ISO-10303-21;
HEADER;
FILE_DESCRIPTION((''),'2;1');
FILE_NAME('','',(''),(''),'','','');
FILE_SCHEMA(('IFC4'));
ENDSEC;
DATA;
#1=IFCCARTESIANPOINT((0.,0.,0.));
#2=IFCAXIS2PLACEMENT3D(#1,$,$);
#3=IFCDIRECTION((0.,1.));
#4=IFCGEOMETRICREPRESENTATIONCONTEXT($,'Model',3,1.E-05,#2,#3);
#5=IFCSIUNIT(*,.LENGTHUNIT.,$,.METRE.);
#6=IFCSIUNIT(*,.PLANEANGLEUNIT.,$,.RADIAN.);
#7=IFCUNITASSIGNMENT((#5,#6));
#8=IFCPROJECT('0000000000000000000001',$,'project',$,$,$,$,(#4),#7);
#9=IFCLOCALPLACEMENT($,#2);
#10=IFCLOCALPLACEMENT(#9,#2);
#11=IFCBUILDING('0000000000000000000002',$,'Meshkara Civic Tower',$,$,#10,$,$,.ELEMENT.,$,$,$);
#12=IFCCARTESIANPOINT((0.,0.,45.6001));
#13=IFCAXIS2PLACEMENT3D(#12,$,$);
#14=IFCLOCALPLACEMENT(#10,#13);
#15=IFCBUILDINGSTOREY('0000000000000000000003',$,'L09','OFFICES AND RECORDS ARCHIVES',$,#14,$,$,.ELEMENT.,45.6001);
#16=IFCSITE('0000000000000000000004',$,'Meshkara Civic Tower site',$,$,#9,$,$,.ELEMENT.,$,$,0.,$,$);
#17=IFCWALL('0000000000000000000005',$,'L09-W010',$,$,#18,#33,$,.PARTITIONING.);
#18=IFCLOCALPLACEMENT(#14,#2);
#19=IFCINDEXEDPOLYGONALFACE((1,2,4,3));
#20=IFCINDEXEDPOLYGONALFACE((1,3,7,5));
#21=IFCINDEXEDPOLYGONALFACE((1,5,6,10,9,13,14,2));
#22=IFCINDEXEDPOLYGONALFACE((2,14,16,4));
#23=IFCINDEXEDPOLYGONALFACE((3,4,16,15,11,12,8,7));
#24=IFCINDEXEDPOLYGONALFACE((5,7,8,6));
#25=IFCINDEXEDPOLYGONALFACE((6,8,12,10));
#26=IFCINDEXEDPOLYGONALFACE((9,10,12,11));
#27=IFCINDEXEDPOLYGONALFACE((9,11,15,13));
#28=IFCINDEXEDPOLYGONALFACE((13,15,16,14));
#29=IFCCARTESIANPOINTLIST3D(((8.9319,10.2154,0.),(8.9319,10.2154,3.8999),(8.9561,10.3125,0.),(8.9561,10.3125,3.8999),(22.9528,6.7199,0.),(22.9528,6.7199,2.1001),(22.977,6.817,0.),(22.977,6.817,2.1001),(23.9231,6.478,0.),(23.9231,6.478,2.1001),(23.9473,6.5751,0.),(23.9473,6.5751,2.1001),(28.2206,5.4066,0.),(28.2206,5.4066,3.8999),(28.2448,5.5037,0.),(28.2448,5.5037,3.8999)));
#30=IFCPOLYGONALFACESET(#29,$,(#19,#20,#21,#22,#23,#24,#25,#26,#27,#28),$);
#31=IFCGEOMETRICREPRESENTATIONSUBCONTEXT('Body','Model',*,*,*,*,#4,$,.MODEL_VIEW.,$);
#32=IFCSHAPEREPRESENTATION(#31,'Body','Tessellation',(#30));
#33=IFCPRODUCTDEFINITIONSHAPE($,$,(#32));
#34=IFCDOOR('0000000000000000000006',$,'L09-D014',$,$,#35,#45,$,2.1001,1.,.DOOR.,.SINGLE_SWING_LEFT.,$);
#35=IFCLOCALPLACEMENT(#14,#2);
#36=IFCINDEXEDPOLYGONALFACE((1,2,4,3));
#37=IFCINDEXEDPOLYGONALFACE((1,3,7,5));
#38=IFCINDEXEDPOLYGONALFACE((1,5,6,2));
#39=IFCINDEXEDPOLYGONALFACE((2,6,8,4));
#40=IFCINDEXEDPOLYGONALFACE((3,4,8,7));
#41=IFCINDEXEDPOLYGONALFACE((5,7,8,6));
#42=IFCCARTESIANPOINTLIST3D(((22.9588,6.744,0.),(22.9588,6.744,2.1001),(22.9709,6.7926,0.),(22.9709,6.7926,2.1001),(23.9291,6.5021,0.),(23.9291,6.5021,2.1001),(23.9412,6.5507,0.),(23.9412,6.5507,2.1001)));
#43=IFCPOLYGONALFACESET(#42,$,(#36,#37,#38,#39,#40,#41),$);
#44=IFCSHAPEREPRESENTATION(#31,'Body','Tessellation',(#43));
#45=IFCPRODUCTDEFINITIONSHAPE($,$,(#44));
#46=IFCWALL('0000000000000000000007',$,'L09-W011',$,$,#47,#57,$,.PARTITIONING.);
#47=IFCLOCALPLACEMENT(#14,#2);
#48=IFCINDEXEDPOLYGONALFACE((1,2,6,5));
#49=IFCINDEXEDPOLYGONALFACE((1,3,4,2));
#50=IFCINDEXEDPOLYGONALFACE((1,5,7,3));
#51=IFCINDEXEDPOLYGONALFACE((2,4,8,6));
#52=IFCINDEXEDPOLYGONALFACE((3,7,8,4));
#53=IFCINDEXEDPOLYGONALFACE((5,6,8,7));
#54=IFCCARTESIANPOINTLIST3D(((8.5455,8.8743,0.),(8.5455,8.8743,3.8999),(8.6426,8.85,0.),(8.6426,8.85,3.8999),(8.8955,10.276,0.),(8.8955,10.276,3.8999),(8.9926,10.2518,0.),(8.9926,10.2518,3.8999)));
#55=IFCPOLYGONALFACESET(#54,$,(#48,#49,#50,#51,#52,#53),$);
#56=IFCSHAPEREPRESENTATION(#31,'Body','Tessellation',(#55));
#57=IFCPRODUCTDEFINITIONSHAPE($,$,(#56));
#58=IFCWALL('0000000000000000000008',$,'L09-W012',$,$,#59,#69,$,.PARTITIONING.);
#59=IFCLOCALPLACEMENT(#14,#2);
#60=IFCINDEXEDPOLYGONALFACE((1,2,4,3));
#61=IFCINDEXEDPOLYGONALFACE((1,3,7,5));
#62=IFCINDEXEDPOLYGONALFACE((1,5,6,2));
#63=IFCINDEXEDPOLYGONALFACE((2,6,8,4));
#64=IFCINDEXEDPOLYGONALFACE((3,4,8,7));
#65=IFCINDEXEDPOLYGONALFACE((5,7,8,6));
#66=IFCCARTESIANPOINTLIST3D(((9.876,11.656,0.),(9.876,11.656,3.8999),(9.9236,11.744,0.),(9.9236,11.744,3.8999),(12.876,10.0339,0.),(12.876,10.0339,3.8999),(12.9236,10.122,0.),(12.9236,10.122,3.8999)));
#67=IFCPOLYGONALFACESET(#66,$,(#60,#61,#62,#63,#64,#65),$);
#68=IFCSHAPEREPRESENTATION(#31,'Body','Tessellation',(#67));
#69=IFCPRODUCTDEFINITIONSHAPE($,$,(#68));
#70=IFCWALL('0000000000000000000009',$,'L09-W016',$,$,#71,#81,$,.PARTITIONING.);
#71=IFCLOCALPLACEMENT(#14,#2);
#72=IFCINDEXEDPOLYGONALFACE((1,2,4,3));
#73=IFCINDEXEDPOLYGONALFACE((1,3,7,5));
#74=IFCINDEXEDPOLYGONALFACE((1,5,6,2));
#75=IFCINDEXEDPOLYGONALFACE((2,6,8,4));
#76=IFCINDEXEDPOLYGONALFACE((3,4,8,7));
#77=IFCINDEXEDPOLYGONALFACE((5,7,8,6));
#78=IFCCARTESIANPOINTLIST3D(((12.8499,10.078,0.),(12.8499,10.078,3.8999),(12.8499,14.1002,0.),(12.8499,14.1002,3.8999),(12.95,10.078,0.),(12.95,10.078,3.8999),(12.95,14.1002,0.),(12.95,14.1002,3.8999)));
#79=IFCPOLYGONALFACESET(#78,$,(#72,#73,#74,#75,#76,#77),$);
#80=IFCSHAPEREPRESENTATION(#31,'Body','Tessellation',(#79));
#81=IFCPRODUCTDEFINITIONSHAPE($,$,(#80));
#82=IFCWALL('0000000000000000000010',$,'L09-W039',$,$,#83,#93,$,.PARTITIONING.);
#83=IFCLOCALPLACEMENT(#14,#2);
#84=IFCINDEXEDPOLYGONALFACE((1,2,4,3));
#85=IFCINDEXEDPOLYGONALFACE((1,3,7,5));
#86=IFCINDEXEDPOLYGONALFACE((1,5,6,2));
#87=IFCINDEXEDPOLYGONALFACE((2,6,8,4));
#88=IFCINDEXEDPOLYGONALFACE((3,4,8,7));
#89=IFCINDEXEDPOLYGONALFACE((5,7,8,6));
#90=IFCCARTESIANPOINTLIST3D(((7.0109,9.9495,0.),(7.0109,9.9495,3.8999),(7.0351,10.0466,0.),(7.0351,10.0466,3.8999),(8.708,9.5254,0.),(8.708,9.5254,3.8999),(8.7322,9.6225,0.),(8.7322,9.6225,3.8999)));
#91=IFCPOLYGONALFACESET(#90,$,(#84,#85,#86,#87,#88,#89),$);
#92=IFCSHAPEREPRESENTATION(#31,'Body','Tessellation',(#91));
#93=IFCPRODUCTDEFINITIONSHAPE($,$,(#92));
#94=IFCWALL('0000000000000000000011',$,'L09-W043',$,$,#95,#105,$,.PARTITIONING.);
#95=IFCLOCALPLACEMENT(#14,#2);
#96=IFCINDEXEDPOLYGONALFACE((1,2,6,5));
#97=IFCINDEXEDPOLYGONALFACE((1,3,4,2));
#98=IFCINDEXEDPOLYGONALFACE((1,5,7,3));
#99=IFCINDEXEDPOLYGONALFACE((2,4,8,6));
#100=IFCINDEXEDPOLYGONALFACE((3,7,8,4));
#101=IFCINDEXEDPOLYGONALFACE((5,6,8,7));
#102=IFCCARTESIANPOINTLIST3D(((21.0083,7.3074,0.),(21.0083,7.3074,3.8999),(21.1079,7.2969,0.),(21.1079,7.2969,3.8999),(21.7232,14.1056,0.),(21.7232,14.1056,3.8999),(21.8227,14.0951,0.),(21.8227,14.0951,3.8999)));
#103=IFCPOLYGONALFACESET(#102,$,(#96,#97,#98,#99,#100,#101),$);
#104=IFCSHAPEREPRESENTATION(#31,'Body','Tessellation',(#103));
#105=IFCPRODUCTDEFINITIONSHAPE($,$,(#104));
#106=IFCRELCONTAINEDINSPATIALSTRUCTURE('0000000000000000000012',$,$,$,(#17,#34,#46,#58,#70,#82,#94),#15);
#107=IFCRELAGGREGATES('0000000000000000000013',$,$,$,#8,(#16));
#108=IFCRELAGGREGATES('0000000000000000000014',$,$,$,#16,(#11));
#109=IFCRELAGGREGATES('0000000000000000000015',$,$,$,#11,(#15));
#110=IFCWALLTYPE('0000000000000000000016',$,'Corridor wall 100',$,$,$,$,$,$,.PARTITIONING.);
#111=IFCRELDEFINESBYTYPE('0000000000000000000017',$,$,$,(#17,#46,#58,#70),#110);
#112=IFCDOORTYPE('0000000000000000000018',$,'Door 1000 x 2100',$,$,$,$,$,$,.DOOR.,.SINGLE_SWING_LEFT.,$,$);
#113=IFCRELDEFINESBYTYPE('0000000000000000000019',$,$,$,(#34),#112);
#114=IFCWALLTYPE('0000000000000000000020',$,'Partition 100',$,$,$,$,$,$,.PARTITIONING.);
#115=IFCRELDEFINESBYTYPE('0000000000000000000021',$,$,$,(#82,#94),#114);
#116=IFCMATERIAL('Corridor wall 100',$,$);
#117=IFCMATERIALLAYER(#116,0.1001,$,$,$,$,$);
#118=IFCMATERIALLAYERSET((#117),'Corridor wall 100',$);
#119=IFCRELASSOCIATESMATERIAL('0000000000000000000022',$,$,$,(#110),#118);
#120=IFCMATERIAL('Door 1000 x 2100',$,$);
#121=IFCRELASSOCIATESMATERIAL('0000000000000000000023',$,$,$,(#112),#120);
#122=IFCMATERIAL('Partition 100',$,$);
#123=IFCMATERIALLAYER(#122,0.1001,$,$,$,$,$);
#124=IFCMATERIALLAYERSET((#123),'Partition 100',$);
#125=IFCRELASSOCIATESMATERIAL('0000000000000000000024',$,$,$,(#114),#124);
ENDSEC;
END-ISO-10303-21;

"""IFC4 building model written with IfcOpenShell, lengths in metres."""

from ifc_helpers import new_model, si_unit, direction, frame, frame_2d, origin, place, context, subcontext, project, spatial, rectangle, extrude, material, layer, layer_set, type_object, element, fill, save


model = new_model("IFC4")

# Units and contexts
model_context = context("Model", 3, precision=1e-05, world=origin(), true_north=direction((0.0, 1.0)))
body_context = subcontext(model_context, "Body", "Model", "MODEL_VIEW")
ifc_project = project(units=[si_unit("LENGTHUNIT", "METRE"), si_unit("PLANEANGLEUNIT", "RADIAN")], contexts=[model_context])

# Site, building, storey
site_placement = place(None, origin())
site = spatial("IfcSite", under=ifc_project, at=site_placement, Name="Meshkara Civic Tower site", CompositionType="ELEMENT", RefElevation=0.0)
building_placement = place(site_placement, origin())
building = spatial("IfcBuilding", under=site, at=building_placement, Name="Meshkara Civic Tower", CompositionType="ELEMENT")
storey_placement = place(building_placement, frame((0.0, 0.0, 45.6001)))
storey = spatial("IfcBuildingStorey", under=building, at=storey_placement, Name="L09", Description="OFFICES AND RECORDS ARCHIVES", CompositionType="ELEMENT", Elevation=45.6001)

# Shared definitions
ifc_material_1 = material(Name="Corridor wall 100")
ifc_layer_1 = layer(ifc_material_1, 0.1001)
ifc_layer_set_1 = layer_set([ifc_layer_1], Name="Corridor wall 100")
wall_type_1 = type_object("IfcWallType", Name="Corridor wall 100", PredefinedType="PARTITIONING", material=ifc_layer_set_1)
ifc_material_2 = material(Name="Door 1000 x 2100")
door_type_1 = type_object("IfcDoorType", Name="Door 1000 x 2100", OperationType="SINGLE_SWING_LEFT", PredefinedType="DOOR", material=ifc_material_2)

# Wall, opening, door
wall_1_placement = place(storey_placement, frame((8.9441, 10.2639, 0.0), z_axis=(0.0, 0.0, 1.0), x_axis=(0.970301, -0.241903, 0.0)))
wall_1 = element("IfcWall", 1, at=wall_1_placement, inside=storey, type_object=wall_type_1, Name="L09-W010", PredefinedType="PARTITIONING", context=body_context, shape_type="SweptSolid", body=[
    extrude(rectangle(XDim=19.8792, YDim=0.1001, at=frame_2d((9.9395, 0.0))), origin(), (0.0, 0.0, 1.0), 3.8999),
])
opening_1_placement = place(wall_1_placement, frame((14.45, 0.0, 0.0)))
opening_1 = element("IfcOpeningElement", 2, at=opening_1_placement, cuts=wall_1, PredefinedType="OPENING", context=body_context, shape_type="SweptSolid", body=[
    extrude(rectangle(XDim=1.0, YDim=2.1001, at=frame_2d((0.5, 1.05))), frame((0.0, 0.0601, 0.0), z_axis=(0.0, -1.0, 0.0), x_axis=(1.0, 0.0, 0.0)), (0.0, 0.0, 1.0), 0.1201),
])
door_1_placement = place(opening_1_placement, origin())
door_1 = element("IfcDoor", 3, at=door_1_placement, inside=storey, type_object=door_type_1, Name="L09-D014", OperationType="SINGLE_SWING_LEFT", OverallHeight=2.1001, OverallWidth=1.0, PredefinedType="DOOR", context=body_context, shape_type="SweptSolid", body=[
    extrude(rectangle(XDim=1.0, YDim=2.1001, at=frame_2d((0.5, 1.05))), frame((0.0, 0.0249, 0.0), z_axis=(0.0, -1.0, 0.0), x_axis=(1.0, 0.0, 0.0)), (0.0, 0.0, 1.0), 0.05),
])
fill(opening_1, door_1)

# Walls
wall_2_placement = place(storey_placement, frame((8.9441, 10.2639, 0.0), z_axis=(0.0, 0.0, 1.0), x_axis=(-0.242297, -0.970202, 0.0)))
element("IfcWall", 4, at=wall_2_placement, inside=storey, type_object=wall_type_1, Name="L09-W011", PredefinedType="PARTITIONING", context=body_context, shape_type="SweptSolid", body=[
    extrude(rectangle(XDim=1.4448, YDim=0.1001, at=frame_2d((0.7224, 0.0))), origin(), (0.0, 0.0, 1.0), 3.8999),
])
wall_3_placement = place(storey_placement, frame((9.8999, 11.7, 0.0), z_axis=(0.0, 0.0, 1.0), x_axis=(0.879651, -0.475619, 0.0)))
element("IfcWall", 5, at=wall_3_placement, inside=storey, type_object=wall_type_1, Name="L09-W012", PredefinedType="PARTITIONING", context=body_context, shape_type="SweptSolid", body=[
    extrude(rectangle(XDim=3.4104, YDim=0.1001, at=frame_2d((1.7051, 0.0))), origin(), (0.0, 0.0, 1.0), 3.8999),
])
wall_4_placement = place(storey_placement, frame((12.8999, 10.0779, 0.0), z_axis=(0.0, 0.0, 1.0), x_axis=(0.0, 1.0, 0.0)))
element("IfcWall", 6, at=wall_4_placement, inside=storey, type_object=wall_type_1, Name="L09-W016", PredefinedType="PARTITIONING", context=body_context, shape_type="SweptSolid", body=[
    extrude(rectangle(XDim=4.0222, YDim=0.1001, at=frame_2d((2.0112, 0.0))), origin(), (0.0, 0.0, 1.0), 3.8999),
])
ifc_material_3 = material(Name="Partition 100")
ifc_layer_2 = layer(ifc_material_3, 0.1001)
ifc_layer_set_2 = layer_set([ifc_layer_2], Name="Partition 100")
wall_type_2 = type_object("IfcWallType", Name="Partition 100", PredefinedType="PARTITIONING", material=ifc_layer_set_2)
wall_5_placement = place(storey_placement, frame((8.72, 9.574, 0.0), z_axis=(0.0, 0.0, 1.0), x_axis=(-0.970167, 0.242437, 0.0)))
element("IfcWall", 7, at=wall_5_placement, inside=storey, type_object=wall_type_2, Name="L09-W039", PredefinedType="PARTITIONING", context=body_context, shape_type="SweptSolid", body=[
    extrude(rectangle(XDim=1.7493, YDim=0.1001, at=frame_2d((0.8745, 0.0))), origin(), (0.0, 0.0, 1.0), 3.8999),
])
wall_6_placement = place(storey_placement, frame((21.0581, 7.302, 0.0), z_axis=(0.0, 0.0, 1.0), x_axis=(0.104577, 0.994517, 0.0)))
element("IfcWall", 8, at=wall_6_placement, inside=storey, type_object=wall_type_2, Name="L09-W043", PredefinedType="PARTITIONING", context=body_context, shape_type="SweptSolid", body=[
    extrude(rectangle(XDim=6.8357, YDim=0.1001, at=frame_2d((3.418, 0.0))), origin(), (0.0, 0.0, 1.0), 3.8999),
])

save(model, "model.ifc")
